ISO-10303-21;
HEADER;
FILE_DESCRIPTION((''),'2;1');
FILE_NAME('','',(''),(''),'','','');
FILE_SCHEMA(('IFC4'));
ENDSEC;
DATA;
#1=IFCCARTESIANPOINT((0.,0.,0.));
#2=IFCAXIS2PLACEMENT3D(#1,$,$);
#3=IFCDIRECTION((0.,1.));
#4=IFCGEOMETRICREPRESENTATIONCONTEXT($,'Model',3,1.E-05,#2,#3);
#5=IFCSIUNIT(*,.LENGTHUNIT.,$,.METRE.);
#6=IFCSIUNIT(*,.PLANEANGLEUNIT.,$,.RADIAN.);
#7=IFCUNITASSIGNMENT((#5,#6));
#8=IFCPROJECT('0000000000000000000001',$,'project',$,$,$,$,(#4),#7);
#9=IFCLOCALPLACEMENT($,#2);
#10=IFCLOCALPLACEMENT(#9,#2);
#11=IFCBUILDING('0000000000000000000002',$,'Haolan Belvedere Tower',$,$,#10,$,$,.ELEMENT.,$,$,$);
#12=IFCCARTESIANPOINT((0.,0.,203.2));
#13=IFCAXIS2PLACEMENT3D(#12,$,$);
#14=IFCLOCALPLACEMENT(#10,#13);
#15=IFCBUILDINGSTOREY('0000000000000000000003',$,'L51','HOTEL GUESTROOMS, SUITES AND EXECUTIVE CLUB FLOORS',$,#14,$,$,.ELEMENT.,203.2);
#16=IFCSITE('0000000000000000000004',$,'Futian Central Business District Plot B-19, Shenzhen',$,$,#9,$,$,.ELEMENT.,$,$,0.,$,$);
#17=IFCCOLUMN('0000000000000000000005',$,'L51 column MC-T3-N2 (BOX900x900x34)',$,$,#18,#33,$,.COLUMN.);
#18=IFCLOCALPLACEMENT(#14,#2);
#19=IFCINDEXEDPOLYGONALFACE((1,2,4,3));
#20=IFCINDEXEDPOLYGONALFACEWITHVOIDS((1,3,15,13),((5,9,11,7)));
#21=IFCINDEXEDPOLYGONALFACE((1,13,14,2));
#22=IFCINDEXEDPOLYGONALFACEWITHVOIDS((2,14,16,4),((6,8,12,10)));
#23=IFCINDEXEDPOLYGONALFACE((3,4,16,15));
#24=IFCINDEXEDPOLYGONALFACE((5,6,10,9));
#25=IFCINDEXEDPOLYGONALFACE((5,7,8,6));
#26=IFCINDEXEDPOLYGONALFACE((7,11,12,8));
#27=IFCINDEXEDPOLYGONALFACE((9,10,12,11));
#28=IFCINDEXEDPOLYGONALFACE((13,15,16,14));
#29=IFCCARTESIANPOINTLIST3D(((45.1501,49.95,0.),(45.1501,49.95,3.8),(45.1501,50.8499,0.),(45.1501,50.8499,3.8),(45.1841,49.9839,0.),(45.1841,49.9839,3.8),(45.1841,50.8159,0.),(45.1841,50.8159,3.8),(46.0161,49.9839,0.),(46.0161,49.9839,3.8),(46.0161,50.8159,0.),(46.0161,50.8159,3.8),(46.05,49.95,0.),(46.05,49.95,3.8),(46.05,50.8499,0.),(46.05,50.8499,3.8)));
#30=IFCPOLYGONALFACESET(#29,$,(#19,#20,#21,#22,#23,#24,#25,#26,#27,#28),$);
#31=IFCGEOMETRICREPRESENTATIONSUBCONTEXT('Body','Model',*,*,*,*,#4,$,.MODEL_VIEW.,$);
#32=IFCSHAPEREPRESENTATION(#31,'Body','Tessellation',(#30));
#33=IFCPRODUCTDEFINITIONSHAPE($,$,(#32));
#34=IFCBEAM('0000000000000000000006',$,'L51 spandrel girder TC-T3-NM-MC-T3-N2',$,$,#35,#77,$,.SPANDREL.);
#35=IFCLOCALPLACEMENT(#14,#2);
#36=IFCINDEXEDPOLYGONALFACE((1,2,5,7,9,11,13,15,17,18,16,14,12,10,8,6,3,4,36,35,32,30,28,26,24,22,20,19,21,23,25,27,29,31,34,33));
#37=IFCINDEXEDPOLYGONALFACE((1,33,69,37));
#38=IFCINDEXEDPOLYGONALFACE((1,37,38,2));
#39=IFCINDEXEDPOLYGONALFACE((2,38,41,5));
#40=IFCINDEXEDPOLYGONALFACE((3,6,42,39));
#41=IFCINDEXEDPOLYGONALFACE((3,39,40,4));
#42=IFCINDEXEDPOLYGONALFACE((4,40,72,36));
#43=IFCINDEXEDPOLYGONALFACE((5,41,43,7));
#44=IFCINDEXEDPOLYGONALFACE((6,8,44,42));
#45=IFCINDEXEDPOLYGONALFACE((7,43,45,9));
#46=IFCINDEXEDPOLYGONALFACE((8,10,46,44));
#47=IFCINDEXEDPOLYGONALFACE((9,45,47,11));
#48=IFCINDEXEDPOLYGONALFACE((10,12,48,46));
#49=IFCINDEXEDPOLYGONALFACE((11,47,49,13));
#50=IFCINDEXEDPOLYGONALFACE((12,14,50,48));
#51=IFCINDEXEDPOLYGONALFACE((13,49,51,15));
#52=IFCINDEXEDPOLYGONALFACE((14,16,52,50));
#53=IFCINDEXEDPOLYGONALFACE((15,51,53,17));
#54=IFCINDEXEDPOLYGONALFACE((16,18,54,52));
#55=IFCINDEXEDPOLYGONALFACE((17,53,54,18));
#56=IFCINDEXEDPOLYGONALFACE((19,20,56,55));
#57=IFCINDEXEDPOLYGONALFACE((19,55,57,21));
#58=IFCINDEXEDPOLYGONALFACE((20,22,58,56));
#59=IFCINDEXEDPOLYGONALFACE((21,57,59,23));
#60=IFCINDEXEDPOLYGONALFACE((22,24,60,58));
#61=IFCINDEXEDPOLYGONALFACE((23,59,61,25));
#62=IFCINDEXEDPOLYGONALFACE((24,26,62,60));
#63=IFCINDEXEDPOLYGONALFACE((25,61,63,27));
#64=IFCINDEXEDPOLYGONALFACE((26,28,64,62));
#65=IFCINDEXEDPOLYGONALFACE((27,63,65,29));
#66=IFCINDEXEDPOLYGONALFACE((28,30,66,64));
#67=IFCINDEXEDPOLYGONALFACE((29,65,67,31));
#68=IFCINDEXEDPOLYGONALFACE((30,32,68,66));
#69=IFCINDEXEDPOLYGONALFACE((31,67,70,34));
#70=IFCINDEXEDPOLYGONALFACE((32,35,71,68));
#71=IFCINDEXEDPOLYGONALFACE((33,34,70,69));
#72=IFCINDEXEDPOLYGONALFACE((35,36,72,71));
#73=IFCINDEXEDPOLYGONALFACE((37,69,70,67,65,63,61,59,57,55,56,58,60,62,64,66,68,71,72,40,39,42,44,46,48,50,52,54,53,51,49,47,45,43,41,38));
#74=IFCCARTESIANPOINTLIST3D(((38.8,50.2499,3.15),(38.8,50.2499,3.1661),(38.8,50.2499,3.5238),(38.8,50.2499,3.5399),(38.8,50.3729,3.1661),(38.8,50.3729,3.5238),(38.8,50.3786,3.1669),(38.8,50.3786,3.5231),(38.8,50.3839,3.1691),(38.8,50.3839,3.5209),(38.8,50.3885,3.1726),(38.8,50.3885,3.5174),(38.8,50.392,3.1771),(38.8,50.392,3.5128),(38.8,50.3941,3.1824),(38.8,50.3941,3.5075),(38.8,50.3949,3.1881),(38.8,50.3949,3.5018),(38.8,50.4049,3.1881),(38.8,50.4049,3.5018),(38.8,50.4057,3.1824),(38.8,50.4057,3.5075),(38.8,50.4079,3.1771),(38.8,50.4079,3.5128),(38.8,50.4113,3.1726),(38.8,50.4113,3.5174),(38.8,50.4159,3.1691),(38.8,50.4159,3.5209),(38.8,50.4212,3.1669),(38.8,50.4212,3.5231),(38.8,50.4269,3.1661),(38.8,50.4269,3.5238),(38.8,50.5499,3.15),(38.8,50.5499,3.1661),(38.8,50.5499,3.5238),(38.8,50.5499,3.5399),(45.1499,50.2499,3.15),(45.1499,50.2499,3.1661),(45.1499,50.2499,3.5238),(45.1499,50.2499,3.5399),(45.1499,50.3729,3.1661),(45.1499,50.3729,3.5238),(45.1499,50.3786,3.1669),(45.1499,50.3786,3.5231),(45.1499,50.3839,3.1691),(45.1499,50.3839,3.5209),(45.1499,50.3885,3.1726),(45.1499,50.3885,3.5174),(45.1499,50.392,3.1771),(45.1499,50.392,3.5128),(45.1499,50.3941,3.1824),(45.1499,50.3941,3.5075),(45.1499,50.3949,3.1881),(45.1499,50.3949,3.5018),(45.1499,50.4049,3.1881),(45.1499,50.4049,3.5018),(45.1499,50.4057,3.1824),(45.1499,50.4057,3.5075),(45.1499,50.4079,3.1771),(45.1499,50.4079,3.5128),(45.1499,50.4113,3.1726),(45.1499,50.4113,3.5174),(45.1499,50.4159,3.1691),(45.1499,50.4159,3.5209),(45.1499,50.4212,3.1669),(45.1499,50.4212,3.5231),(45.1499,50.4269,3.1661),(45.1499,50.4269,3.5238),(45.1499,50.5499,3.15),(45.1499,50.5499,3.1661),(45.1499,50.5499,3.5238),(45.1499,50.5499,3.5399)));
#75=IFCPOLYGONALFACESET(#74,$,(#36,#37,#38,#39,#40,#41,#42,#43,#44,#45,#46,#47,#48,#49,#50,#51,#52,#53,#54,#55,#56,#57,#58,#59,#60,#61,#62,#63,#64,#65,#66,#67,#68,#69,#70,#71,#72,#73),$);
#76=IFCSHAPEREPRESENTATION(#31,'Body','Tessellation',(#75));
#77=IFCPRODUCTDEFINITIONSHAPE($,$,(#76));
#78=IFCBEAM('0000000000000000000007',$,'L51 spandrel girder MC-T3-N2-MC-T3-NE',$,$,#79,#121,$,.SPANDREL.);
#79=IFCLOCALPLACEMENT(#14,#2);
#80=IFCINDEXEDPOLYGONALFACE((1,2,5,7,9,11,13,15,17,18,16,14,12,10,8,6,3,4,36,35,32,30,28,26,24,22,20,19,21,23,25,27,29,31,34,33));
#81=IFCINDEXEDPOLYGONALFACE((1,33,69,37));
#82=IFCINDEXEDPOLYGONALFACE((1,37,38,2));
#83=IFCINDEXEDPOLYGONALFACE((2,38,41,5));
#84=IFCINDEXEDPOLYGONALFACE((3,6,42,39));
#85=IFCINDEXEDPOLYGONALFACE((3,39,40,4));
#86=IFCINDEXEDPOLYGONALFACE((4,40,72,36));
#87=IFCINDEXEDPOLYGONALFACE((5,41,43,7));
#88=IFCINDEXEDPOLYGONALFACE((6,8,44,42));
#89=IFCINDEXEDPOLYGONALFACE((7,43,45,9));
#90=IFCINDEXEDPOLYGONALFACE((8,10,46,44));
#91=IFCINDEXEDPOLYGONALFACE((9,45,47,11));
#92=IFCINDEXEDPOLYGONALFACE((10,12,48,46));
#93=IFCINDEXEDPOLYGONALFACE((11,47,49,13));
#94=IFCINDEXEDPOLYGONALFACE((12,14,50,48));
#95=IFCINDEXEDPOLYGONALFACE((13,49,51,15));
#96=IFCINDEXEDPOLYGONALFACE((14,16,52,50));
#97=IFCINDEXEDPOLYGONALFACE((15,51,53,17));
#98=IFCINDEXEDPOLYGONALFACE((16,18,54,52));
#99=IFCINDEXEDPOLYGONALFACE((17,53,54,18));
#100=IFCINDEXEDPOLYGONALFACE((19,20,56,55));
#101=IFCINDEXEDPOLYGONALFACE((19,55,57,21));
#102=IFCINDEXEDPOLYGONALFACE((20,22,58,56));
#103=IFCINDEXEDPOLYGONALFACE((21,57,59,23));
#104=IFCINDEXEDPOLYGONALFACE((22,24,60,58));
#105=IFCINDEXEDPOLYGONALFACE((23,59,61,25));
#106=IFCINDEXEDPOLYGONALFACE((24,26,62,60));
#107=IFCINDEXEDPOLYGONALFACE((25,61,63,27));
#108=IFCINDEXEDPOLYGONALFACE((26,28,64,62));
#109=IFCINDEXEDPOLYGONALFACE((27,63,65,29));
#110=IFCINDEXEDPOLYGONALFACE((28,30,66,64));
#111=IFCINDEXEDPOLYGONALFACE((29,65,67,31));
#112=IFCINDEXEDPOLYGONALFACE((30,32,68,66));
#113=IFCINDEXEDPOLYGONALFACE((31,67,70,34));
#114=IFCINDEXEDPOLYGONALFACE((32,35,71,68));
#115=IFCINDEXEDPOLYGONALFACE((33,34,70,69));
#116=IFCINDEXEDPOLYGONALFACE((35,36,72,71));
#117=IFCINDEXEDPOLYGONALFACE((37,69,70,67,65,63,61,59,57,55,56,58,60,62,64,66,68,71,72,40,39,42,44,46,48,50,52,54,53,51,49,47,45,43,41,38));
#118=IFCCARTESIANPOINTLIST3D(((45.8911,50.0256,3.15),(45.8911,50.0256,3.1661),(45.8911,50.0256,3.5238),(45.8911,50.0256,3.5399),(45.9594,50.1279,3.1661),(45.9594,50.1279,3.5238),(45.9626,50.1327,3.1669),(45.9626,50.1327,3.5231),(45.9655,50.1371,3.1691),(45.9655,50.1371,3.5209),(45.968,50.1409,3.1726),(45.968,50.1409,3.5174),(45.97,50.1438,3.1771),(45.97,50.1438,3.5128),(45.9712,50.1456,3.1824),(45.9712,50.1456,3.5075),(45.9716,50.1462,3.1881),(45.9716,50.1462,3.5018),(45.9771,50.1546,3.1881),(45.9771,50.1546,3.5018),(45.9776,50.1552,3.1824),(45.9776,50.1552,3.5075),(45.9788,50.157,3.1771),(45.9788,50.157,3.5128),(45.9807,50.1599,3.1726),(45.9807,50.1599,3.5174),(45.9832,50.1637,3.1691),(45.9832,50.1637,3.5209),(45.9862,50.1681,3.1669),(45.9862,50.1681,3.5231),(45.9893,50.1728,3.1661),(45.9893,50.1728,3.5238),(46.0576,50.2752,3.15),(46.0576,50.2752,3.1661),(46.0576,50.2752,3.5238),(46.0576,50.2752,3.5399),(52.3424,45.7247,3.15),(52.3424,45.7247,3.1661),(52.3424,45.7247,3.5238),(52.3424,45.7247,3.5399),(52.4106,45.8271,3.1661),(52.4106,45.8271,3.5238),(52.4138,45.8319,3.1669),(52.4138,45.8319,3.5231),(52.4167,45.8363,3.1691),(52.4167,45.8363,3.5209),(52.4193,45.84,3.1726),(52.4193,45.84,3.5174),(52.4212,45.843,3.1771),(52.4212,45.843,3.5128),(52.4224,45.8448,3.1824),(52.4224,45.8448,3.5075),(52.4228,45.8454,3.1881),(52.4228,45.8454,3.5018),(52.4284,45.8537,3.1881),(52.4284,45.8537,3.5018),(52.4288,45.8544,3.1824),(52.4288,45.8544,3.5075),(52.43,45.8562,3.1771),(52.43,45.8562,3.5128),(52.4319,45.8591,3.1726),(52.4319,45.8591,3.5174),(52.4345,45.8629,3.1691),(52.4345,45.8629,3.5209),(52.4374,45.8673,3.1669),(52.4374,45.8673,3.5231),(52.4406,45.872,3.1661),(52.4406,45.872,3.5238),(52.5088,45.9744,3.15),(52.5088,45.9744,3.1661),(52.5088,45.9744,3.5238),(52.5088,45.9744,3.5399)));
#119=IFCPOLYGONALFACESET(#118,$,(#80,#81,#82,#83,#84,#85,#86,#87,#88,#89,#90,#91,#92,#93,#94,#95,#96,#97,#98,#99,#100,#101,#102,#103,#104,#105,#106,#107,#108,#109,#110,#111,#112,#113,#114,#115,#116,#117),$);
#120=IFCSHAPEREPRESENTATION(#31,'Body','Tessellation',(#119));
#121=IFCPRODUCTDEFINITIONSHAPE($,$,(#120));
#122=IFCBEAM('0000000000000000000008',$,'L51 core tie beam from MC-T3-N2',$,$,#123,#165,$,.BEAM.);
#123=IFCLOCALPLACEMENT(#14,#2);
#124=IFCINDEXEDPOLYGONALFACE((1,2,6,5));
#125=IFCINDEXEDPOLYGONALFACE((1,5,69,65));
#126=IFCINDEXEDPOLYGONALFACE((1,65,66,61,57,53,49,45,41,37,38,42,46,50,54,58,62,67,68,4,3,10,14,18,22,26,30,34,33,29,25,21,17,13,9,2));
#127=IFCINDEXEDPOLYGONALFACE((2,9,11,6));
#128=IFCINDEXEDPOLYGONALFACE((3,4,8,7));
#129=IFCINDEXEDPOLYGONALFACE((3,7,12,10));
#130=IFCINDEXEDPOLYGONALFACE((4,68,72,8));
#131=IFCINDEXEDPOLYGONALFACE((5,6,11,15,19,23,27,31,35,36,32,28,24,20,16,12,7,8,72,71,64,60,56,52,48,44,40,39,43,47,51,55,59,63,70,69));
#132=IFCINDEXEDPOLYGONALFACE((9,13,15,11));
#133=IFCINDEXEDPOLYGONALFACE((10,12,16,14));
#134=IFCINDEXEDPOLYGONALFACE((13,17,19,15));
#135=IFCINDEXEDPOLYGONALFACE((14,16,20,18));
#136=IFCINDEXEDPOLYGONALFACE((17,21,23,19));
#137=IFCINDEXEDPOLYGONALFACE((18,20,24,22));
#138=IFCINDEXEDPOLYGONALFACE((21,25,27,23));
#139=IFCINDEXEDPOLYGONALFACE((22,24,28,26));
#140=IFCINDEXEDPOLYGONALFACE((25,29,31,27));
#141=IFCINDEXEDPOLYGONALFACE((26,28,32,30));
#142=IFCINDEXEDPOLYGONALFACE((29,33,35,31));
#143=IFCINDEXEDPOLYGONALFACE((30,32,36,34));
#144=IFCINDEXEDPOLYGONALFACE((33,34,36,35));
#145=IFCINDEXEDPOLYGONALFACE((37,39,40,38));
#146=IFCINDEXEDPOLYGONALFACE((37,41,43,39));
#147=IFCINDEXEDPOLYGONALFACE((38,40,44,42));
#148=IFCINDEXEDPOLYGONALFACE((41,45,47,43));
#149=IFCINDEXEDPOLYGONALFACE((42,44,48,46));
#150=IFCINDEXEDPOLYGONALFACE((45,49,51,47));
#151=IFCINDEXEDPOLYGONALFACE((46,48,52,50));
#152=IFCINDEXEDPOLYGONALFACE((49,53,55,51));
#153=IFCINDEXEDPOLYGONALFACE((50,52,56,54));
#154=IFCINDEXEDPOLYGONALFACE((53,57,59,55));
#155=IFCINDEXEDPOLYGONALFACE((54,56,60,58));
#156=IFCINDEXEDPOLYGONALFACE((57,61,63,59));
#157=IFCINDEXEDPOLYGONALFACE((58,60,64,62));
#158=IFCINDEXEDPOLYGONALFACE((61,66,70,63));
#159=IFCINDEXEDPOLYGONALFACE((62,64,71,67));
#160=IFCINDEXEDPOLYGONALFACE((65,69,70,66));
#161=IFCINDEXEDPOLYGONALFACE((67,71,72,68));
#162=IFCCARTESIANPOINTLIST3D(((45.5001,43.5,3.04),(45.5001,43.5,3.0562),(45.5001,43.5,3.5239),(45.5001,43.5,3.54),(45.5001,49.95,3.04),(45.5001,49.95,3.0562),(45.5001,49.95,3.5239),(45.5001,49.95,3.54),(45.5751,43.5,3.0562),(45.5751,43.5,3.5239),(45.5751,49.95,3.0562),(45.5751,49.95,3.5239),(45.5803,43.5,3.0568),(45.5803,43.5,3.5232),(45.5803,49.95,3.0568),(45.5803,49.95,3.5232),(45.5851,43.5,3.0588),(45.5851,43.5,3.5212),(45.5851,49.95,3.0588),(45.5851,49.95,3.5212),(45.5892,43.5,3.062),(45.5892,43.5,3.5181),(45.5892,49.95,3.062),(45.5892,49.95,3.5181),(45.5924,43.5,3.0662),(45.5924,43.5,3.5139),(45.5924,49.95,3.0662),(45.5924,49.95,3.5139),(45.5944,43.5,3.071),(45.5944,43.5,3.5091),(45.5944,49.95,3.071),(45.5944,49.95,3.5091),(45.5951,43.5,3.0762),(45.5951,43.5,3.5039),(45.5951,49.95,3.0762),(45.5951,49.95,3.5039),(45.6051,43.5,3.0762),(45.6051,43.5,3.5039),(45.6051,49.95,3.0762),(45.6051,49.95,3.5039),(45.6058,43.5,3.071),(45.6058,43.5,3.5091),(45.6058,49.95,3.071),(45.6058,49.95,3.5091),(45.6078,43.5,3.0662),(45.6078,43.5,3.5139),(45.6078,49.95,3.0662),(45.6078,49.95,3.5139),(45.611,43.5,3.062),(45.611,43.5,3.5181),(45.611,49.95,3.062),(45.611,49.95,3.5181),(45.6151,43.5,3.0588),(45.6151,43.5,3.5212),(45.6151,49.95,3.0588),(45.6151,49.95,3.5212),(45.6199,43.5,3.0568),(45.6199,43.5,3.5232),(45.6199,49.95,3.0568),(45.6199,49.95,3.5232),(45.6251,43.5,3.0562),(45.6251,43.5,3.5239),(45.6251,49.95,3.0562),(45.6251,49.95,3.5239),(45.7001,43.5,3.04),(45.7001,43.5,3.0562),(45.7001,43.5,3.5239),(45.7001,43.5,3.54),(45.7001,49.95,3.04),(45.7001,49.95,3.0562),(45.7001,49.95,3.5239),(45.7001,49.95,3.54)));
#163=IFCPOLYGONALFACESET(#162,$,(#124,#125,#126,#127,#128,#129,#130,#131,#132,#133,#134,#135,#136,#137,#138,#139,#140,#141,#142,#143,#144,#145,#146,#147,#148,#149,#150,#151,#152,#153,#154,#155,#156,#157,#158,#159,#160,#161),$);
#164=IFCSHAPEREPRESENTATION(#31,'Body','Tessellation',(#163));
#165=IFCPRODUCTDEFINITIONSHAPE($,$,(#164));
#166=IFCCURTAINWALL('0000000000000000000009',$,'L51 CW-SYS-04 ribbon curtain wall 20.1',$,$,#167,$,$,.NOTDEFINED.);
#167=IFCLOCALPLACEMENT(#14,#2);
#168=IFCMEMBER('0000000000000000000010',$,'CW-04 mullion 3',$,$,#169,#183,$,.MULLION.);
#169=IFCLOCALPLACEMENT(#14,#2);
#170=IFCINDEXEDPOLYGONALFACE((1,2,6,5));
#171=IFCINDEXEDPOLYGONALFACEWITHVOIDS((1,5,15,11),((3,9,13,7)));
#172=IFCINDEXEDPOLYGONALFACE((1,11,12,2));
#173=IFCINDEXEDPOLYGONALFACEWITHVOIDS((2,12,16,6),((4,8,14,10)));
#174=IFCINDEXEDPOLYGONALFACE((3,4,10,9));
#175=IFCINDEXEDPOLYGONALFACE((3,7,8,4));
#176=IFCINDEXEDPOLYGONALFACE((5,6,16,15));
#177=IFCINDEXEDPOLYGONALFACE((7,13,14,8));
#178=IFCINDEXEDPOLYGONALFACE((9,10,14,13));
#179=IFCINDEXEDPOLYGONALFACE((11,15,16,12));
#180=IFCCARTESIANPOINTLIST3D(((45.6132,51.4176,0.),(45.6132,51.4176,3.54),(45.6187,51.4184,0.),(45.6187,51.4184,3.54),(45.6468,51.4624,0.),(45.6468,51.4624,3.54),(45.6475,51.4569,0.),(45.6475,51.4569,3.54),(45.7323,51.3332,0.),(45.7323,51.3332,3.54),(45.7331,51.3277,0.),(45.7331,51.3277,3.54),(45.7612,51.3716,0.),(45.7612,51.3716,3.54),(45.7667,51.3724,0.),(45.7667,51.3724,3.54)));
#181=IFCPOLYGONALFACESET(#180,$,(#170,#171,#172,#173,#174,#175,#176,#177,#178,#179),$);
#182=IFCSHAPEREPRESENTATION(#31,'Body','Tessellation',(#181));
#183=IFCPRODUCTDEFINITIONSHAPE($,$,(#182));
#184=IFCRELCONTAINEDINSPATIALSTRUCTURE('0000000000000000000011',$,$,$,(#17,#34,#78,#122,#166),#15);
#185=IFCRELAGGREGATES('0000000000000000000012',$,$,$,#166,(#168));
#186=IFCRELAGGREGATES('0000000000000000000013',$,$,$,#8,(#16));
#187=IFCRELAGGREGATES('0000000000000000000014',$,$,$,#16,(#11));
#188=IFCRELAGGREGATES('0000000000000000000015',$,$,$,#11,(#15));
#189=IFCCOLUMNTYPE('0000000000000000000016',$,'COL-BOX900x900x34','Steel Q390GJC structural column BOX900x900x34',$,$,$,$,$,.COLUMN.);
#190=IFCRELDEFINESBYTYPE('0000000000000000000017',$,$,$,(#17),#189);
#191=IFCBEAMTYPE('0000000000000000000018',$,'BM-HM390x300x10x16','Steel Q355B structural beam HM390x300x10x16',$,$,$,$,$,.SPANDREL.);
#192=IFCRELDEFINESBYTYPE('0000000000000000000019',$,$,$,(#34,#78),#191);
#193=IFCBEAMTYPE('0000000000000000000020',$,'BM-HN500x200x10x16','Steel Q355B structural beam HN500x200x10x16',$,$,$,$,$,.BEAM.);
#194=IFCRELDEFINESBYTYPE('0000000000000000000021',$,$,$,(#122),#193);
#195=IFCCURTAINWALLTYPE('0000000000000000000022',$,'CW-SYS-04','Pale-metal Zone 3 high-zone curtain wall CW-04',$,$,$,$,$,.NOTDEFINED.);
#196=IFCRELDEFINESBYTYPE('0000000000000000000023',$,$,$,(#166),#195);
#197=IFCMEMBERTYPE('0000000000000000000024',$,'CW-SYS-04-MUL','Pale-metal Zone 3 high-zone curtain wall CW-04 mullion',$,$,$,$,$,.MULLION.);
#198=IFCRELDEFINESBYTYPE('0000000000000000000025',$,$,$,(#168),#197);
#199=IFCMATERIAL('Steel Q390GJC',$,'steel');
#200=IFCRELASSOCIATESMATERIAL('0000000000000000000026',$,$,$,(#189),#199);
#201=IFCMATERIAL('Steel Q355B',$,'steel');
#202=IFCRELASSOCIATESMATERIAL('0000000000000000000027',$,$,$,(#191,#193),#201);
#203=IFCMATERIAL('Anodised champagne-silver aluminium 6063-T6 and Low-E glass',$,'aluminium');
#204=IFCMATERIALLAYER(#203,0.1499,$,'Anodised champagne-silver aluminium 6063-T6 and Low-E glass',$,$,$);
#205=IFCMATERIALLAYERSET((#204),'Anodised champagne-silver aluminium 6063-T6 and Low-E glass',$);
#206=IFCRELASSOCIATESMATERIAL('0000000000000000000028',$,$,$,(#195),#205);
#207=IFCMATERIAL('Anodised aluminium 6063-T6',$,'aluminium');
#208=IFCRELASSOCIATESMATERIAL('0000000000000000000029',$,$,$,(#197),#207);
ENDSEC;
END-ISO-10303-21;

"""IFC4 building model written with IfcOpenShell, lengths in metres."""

from ifc_helpers import new_model, si_unit, direction, frame, origin, origin_2d, place, context, subcontext, project, spatial, hollow_rectangle, i_section, extrude, material, layer, layer_set, material_profile, profile_set, type_object, element, aggregate, save


model = new_model("IFC4")

# Units and contexts
model_context = context("Model", 3, precision=1e-05, world=origin(), true_north=direction((0.0, 1.0)))
body_context = subcontext(model_context, "Body", "Model", "MODEL_VIEW")
ifc_project = project(units=[si_unit("LENGTHUNIT", "METRE"), si_unit("PLANEANGLEUNIT", "RADIAN")], contexts=[model_context])

# Site, building, storey
site_placement = place(None, origin())
site = spatial("IfcSite", under=ifc_project, at=site_placement, Name="Futian Central Business District Plot B-19, Shenzhen", CompositionType="ELEMENT", RefElevation=0.0)
building_placement = place(site_placement, origin())
building = spatial("IfcBuilding", under=site, at=building_placement, Name="Haolan Belvedere Tower", CompositionType="ELEMENT")
storey_placement = place(building_placement, frame((0.0, 0.0, 203.2)))
storey = spatial("IfcBuildingStorey", under=building, at=storey_placement, Name="L51", Description="HOTEL GUESTROOMS, SUITES AND EXECUTIVE CLUB FLOORS", CompositionType="ELEMENT", Elevation=203.2)

# Column
ifc_material_1 = material(Name="Steel Q390GJC", Category="steel")
ifc_material_profile_1 = material_profile(ifc_material_1, hollow_rectangle(XDim=0.8999, YDim=0.8999, WallThickness=0.0339, at=origin_2d()), Name="Steel Q390GJC")
ifc_profile_set_1 = profile_set([ifc_material_profile_1], Name="Steel Q390GJC")
column_type = type_object("IfcColumnType", Name="COL-BOX900x900x34", Description="Steel Q390GJC structural column BOX900x900x34", PredefinedType="COLUMN", material=ifc_profile_set_1)
column_placement = place(storey_placement, frame((45.6001, 50.3999, 0.0), z_axis=(0.0, 0.0, 1.0), x_axis=(1.0, 0.0, 0.0)))
element("IfcColumn", 1, at=column_placement, inside=storey, type_object=column_type, Name="L51 column MC-T3-N2 (BOX900x900x34)", PredefinedType="COLUMN", context=body_context, shape_type="SweptSolid", body=[
    extrude(hollow_rectangle(XDim=0.8999, YDim=0.8999, WallThickness=0.0339, at=origin_2d()), origin(), (0.0, 0.0, 1.0), 3.8),
])

# Beams
ifc_material_2 = material(Name="Steel Q355B", Category="steel")
ifc_material_profile_2 = material_profile(ifc_material_2, i_section(OverallWidth=0.3, OverallDepth=0.3899, WebThickness=0.01, FlangeThickness=0.0161, FilletRadius=0.022, at=origin_2d()), Name="Steel Q355B")
ifc_profile_set_2 = profile_set([ifc_material_profile_2], Name="Steel Q355B")
beam_type_1 = type_object("IfcBeamType", Name="BM-HM390x300x10x16", Description="Steel Q355B structural beam HM390x300x10x16", PredefinedType="SPANDREL", material=ifc_profile_set_2)
beam_1_placement = place(storey_placement, frame((38.8, 50.3999, 3.345), z_axis=(1.0, 0.0, 0.0), x_axis=(0.0, 1.0, 0.0)))
element("IfcBeam", 2, at=beam_1_placement, inside=storey, type_object=beam_type_1, Name="L51 spandrel girder TC-T3-NM-MC-T3-N2", PredefinedType="SPANDREL", context=body_context, shape_type="SweptSolid", body=[
    extrude(i_section(OverallWidth=0.3, OverallDepth=0.3899, WebThickness=0.01, FlangeThickness=0.0161, FilletRadius=0.022, at=origin_2d()), origin(), (0.0, 0.0, 1.0), 6.3499),
])
beam_2_placement = place(storey_placement, frame((45.9744, 50.1504, 3.345), z_axis=(0.83205, -0.5547, 0.0), x_axis=(0.5547, 0.83205, 0.0)))
element("IfcBeam", 3, at=beam_2_placement, inside=storey, type_object=beam_type_1, Name="L51 spandrel girder MC-T3-N2-MC-T3-NE", PredefinedType="SPANDREL", context=body_context, shape_type="SweptSolid", body=[
    extrude(i_section(OverallWidth=0.3, OverallDepth=0.3899, WebThickness=0.01, FlangeThickness=0.0161, FilletRadius=0.022, at=origin_2d()), origin(), (0.0, 0.0, 1.0), 7.7534),
])
ifc_material_profile_3 = material_profile(ifc_material_2, i_section(OverallWidth=0.2, OverallDepth=0.5, WebThickness=0.01, FlangeThickness=0.0161, FilletRadius=0.02, at=origin_2d()), Name="Steel Q355B")
ifc_profile_set_3 = profile_set([ifc_material_profile_3], Name="Steel Q355B")
beam_type_2 = type_object("IfcBeamType", Name="BM-HN500x200x10x16", Description="Steel Q355B structural beam HN500x200x10x16", PredefinedType="BEAM", material=ifc_profile_set_3)
beam_3_placement = place(storey_placement, frame((45.6001, 49.95, 3.29), z_axis=(0.0, -1.0, 0.0), x_axis=(1.0, 0.0, 0.0)))
element("IfcBeam", 4, at=beam_3_placement, inside=storey, type_object=beam_type_2, Name="L51 core tie beam from MC-T3-N2", PredefinedType="BEAM", context=body_context, shape_type="SweptSolid", body=[
    extrude(i_section(OverallWidth=0.2, OverallDepth=0.5, WebThickness=0.01, FlangeThickness=0.0161, FilletRadius=0.02, at=origin_2d()), origin(), (0.0, 0.0, 1.0), 6.45),
])

# Curtain wall, member
ifc_material_3 = material(Name="Anodised champagne-silver aluminium 6063-T6 and Low-E glass", Category="aluminium")
ifc_layer_1 = layer(ifc_material_3, 0.1499, Name="Anodised champagne-silver aluminium 6063-T6 and Low-E glass")
ifc_layer_set_1 = layer_set([ifc_layer_1], Name="Anodised champagne-silver aluminium 6063-T6 and Low-E glass")
curtain_wall_type = type_object("IfcCurtainWallType", Name="CW-SYS-04", Description="Pale-metal Zone 3 high-zone curtain wall CW-04", PredefinedType="NOTDEFINED", material=ifc_layer_set_1)
curtain_wall_1_placement = place(storey_placement, origin())
curtain_wall_1 = element("IfcCurtainWall", 5, at=curtain_wall_1_placement, inside=storey, type_object=curtain_wall_type, Name="L51 CW-SYS-04 ribbon curtain wall 20.1", PredefinedType="NOTDEFINED")
ifc_material_4 = material(Name="Anodised aluminium 6063-T6", Category="aluminium")
ifc_material_profile_4 = material_profile(ifc_material_4, hollow_rectangle(XDim=0.0559, YDim=0.1499, WallThickness=0.0039, at=origin_2d()), Name="Anodised aluminium 6063-T6")
ifc_profile_set_4 = profile_set([ifc_material_profile_4], Name="Anodised aluminium 6063-T6")
member_type_1 = type_object("IfcMemberType", Name="CW-SYS-04-MUL", Description="Pale-metal Zone 3 high-zone curtain wall CW-04 mullion", PredefinedType="MULLION", material=ifc_profile_set_4)
member_1_placement = place(storey_placement, frame((45.6899, 51.395, 0.0), z_axis=(0.0, 0.0, 1.0), x_axis=(-0.600003, -0.799998, 0.0)))
member_1 = element("IfcMember", 6, at=member_1_placement, type_object=member_type_1, Name="CW-04 mullion 3", PredefinedType="MULLION", context=body_context, shape_type="SweptSolid", body=[
    extrude(hollow_rectangle(XDim=0.0559, YDim=0.1499, WallThickness=0.0039, at=origin_2d()), origin(), (0.0, 0.0, 1.0), 3.54),
])

aggregate(curtain_wall_1, [member_1])

save(model, "model.ifc")
